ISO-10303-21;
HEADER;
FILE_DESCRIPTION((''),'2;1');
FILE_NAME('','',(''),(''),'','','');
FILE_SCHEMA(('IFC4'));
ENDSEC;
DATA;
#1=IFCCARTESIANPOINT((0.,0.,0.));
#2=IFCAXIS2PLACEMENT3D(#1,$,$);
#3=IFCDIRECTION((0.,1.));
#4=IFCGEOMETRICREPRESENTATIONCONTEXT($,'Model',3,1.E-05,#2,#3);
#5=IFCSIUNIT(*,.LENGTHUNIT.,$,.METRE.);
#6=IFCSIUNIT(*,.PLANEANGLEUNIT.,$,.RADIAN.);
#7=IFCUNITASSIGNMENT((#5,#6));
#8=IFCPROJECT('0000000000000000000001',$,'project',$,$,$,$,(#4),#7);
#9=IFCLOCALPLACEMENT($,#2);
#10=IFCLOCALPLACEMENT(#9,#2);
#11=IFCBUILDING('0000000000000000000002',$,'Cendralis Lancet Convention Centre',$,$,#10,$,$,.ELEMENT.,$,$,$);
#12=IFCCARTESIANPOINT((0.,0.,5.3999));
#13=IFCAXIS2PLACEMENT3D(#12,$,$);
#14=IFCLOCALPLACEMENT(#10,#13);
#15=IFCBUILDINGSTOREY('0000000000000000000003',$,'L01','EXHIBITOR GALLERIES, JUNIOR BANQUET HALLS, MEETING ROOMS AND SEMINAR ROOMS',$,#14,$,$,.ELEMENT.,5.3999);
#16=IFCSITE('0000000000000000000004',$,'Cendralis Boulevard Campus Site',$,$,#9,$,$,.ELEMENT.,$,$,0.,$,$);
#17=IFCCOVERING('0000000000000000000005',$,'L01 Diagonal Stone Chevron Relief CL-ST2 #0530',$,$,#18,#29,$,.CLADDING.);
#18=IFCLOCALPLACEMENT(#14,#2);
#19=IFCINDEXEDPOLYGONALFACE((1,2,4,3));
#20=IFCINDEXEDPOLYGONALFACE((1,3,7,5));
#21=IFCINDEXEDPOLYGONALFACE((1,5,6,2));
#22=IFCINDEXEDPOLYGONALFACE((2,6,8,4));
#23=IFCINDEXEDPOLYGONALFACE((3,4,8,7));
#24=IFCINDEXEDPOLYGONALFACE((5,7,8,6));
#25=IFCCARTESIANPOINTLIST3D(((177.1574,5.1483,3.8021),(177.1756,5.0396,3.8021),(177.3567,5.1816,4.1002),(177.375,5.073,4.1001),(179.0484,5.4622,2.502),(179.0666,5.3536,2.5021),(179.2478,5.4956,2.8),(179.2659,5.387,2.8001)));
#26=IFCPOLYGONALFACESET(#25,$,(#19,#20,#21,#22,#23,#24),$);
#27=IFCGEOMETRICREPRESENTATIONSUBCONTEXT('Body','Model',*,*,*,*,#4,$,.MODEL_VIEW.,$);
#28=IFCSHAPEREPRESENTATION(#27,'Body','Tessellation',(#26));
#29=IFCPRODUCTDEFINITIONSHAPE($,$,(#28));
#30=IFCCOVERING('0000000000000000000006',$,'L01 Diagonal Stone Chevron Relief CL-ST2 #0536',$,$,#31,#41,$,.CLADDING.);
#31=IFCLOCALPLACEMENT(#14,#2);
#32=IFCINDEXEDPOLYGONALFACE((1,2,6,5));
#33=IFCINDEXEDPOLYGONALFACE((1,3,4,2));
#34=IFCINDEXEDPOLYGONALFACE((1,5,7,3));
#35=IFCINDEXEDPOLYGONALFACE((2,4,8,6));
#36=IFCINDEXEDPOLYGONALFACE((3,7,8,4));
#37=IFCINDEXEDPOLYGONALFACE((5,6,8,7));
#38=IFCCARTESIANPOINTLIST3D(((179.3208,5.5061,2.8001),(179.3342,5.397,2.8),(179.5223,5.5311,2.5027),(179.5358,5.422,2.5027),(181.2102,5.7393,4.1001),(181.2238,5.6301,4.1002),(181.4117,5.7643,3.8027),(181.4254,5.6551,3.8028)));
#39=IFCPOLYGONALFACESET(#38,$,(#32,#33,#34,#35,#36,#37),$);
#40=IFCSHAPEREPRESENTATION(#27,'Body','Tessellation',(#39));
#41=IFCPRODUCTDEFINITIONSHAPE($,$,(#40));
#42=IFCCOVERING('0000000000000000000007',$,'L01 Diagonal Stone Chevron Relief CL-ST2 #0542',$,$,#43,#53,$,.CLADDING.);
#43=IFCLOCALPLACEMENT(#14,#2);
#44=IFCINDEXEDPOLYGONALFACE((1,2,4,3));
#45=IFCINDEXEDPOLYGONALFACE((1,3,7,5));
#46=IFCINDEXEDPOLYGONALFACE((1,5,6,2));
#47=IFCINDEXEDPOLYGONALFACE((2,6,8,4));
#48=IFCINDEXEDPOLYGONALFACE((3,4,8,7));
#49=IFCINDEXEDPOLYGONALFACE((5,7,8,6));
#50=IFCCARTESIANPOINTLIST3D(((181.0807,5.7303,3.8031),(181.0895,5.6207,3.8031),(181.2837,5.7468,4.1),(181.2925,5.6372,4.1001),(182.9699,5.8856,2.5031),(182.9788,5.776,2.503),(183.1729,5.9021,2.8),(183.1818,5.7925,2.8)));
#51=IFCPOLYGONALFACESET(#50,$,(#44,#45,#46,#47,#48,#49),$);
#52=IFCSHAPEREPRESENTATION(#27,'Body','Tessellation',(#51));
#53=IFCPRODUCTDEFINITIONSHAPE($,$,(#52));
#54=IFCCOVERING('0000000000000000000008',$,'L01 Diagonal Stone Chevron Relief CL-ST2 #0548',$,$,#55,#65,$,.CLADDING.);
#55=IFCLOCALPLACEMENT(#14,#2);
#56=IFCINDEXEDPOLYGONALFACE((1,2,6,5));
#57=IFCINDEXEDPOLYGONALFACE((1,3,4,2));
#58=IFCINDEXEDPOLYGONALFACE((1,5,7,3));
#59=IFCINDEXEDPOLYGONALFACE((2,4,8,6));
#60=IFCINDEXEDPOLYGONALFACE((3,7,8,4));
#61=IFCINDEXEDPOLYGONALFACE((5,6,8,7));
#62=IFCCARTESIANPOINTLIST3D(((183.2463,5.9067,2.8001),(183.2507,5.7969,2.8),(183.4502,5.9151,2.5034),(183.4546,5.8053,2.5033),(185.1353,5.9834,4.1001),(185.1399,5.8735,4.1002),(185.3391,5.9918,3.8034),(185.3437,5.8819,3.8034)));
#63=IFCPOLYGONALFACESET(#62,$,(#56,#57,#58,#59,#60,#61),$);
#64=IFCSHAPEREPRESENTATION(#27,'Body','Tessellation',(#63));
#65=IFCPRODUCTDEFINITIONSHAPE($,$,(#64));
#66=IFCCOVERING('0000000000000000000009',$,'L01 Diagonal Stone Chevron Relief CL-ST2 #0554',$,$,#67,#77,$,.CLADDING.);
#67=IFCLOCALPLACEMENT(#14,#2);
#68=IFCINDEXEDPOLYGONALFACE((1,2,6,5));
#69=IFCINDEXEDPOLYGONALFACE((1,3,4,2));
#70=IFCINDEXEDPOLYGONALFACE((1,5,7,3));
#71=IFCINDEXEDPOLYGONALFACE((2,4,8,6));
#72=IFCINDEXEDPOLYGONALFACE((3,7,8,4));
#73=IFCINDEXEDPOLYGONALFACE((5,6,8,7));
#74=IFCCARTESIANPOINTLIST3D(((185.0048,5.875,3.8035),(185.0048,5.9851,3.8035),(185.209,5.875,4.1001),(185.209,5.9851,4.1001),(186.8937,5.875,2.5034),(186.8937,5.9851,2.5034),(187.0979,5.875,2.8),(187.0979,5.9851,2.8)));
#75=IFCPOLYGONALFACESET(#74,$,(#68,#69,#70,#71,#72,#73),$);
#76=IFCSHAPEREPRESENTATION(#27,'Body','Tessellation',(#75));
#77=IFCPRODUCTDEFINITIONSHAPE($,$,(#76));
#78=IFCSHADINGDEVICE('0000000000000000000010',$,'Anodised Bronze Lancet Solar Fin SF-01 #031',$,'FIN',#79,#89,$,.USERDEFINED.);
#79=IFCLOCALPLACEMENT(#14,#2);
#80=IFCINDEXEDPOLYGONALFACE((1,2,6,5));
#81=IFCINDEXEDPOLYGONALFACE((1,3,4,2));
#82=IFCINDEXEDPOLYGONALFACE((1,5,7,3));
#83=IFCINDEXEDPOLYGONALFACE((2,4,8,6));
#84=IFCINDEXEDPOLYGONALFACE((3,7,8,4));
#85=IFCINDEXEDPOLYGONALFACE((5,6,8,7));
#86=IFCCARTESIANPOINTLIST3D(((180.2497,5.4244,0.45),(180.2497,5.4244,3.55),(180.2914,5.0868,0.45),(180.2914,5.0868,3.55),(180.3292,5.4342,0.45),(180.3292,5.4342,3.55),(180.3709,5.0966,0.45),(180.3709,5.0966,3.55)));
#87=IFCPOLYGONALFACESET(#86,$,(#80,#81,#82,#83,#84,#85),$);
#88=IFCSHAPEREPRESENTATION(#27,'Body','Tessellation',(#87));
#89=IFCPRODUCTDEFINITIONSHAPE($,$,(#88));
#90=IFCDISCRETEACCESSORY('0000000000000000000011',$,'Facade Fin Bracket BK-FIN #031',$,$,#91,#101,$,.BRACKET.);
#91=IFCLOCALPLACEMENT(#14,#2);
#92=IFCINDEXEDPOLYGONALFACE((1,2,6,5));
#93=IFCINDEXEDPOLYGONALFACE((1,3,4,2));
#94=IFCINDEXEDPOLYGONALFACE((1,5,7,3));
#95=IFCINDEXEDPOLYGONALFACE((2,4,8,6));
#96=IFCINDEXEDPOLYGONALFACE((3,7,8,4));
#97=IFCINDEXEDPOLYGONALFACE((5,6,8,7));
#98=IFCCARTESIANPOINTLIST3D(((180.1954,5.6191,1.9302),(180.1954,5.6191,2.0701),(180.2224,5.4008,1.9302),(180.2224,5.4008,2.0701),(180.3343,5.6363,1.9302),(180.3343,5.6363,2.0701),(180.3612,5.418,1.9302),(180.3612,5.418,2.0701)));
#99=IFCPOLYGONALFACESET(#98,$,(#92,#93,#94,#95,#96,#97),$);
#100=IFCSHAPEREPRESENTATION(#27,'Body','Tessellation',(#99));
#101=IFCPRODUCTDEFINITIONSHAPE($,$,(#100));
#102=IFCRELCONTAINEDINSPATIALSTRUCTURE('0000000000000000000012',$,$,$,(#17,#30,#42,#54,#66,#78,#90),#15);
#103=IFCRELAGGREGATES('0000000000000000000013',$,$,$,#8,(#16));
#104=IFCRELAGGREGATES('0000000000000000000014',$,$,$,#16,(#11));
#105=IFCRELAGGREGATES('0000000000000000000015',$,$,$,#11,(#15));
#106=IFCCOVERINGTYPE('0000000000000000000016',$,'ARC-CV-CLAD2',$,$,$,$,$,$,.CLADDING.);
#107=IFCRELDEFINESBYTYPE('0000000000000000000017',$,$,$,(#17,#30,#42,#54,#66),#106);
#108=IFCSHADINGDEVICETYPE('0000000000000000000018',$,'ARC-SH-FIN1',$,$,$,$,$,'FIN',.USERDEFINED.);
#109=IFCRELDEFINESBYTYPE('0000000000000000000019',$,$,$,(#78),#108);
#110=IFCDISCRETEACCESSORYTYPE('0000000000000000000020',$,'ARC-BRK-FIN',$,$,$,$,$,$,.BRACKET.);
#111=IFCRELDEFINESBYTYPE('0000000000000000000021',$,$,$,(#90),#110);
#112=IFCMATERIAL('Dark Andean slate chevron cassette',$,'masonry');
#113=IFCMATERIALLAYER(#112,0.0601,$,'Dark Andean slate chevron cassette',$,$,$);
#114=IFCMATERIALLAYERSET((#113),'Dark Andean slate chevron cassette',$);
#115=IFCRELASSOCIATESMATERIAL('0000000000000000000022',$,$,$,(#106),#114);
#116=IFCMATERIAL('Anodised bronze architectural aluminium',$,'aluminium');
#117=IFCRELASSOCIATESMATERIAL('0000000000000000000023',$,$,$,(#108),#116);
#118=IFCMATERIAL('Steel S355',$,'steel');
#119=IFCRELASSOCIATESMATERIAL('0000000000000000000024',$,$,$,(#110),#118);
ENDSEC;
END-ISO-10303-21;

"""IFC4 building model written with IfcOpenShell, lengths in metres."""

from ifc_helpers import new_model, si_unit, direction, frame, origin, origin_2d, place, context, subcontext, project, spatial, polyline, rectangle, outline, extrude, material, layer, layer_set, type_object, element, save


model = new_model("IFC4")

# Units and contexts
model_context = context("Model", 3, precision=1e-05, world=origin(), true_north=direction((0.0, 1.0)))
body_context = subcontext(model_context, "Body", "Model", "MODEL_VIEW")
ifc_project = project(units=[si_unit("LENGTHUNIT", "METRE"), si_unit("PLANEANGLEUNIT", "RADIAN")], contexts=[model_context])

# Site, building, storey
site_placement = place(None, origin())
site = spatial("IfcSite", under=ifc_project, at=site_placement, Name="Cendralis Boulevard Campus Site", CompositionType="ELEMENT", RefElevation=0.0)
building_placement = place(site_placement, origin())
building = spatial("IfcBuilding", under=site, at=building_placement, Name="Cendralis Lancet Convention Centre", CompositionType="ELEMENT")
storey_placement = place(building_placement, frame((0.0, 0.0, 5.3999)))
storey = spatial("IfcBuildingStorey", under=building, at=storey_placement, Name="L01", Description="EXHIBITOR GALLERIES, JUNIOR BANQUET HALLS, MEETING ROOMS AND SEMINAR ROOMS", CompositionType="ELEMENT", Elevation=5.3999)

# Shared definitions
ifc_material_1 = material(Name="Dark Andean slate chevron cassette", Category="masonry")

# Coverings
ifc_layer_1 = layer(ifc_material_1, 0.0601, Name="Dark Andean slate chevron cassette")
ifc_layer_set_1 = layer_set([ifc_layer_1], Name="Dark Andean slate chevron cassette")
covering_type_1 = type_object("IfcCoveringType", Name="ARC-CV-CLAD2", PredefinedType="CLADDING", material=ifc_layer_set_1)
covering_1_placement = place(storey_placement, frame((177.375, 5.073, 4.1001), z_axis=(0.553593, 0.09268, 0.827614), x_axis=(0.816436, 0.135563, -0.561297)))
element("IfcCovering", 1, at=covering_1_placement, inside=storey, type_object=covering_type_1, Name="L01 Diagonal Stone Chevron Relief CL-ST2 #0530", PredefinedType="CLADDING", context=body_context, shape_type="SweptSolid", body=[
    extrude(outline(polyline([(0.0, 0.0), (2.316, 0.0), (2.316, 0.1101), (-0.0002, 0.1102), (0.0, 0.0)])), origin(), (0.0, 0.0, -1.0), 0.3601),
])
covering_2_placement = place(storey_placement, frame((179.3342, 5.397, 2.8), z_axis=(-0.559621, -0.069483, 0.82583), x_axis=(0.819615, 0.101128, 0.563918)))
element("IfcCovering", 2, at=covering_2_placement, inside=storey, type_object=covering_type_1, Name="L01 Diagonal Stone Chevron Relief CL-ST2 #0536", PredefinedType="CLADDING", context=body_context, shape_type="SweptSolid", body=[
    extrude(outline(polyline([(0.0, 0.0), (2.3055, 0.0), (2.3053, 0.11), (0.0, 0.11), (0.0, 0.0)])), origin(), (0.0, 0.0, -1.0), 0.3601),
])
covering_3_placement = place(storey_placement, frame((181.2925, 5.6372, 4.1001), z_axis=(0.56372, 0.045826, 0.824694), x_axis=(0.821923, 0.067547, -0.56558)))
element("IfcCovering", 3, at=covering_3_placement, inside=storey, type_object=covering_type_1, Name="L01 Diagonal Stone Chevron Relief CL-ST2 #0542", PredefinedType="CLADDING", context=body_context, shape_type="SweptSolid", body=[
    extrude(outline(polyline([(0.0, 0.0), (2.2987, 0.0), (2.2987, 0.11), (0.0002, 0.11), (0.0, 0.0)])), origin(), (0.0, 0.0, -1.0), 0.3601),
])
covering_4_placement = place(storey_placement, frame((183.2507, 5.7969, 2.8), z_axis=(-0.566129, -0.023274, 0.823988), x_axis=(0.82331, 0.033409, 0.566608)))
element("IfcCovering", 4, at=covering_4_placement, inside=storey, type_object=covering_type_1, Name="L01 Diagonal Stone Chevron Relief CL-ST2 #0548", PredefinedType="CLADDING", context=body_context, shape_type="SweptSolid", body=[
    extrude(outline(polyline([(0.0, 0.0), (2.2945, 0.0), (2.2944, 0.11), (0.0001, 0.11), (0.0, 0.0)])), origin(), (0.0, 0.0, -1.0), 0.3601),
])
covering_5_placement = place(storey_placement, frame((185.209, 5.875, 4.1001), z_axis=(0.566949, 0.0, 0.823753), x_axis=(0.823753, 0.0, -0.566949)))
element("IfcCovering", 5, at=covering_5_placement, inside=storey, type_object=covering_type_1, Name="L01 Diagonal Stone Chevron Relief CL-ST2 #0554", PredefinedType="CLADDING", context=body_context, shape_type="SweptSolid", body=[
    extrude(outline(polyline([(0.0, 0.0), (2.2931, 0.0), (2.2931, 0.1101), (0.0, 0.1101), (0.0, 0.0)])), origin(), (0.0, 0.0, -1.0), 0.3601),
])

# Shading device
ifc_material_2 = material(Name="Anodised bronze architectural aluminium", Category="aluminium")
shading_device_type = type_object("IfcShadingDeviceType", Name="ARC-SH-FIN1", ElementType="FIN", PredefinedType="USERDEFINED", material=ifc_material_2)
shading_device_placement = place(storey_placement, frame((180.3103, 5.2605, 0.45), z_axis=(0.0, 0.0, 1.0), x_axis=(0.992472, 0.122476, 0.0)))
element("IfcShadingDevice", 6, at=shading_device_placement, inside=storey, type_object=shading_device_type, Name="Anodised Bronze Lancet Solar Fin SF-01 #031", ObjectType="FIN", PredefinedType="USERDEFINED", context=body_context, shape_type="SweptSolid", body=[
    extrude(rectangle(XDim=0.0801, YDim=0.3401, at=origin_2d()), origin(), (0.0, 0.0, 1.0), 3.1001),
])

# Discrete accessory
ifc_material_3 = material(Name="Steel S355", Category="steel")
discrete_accessory_type = type_object("IfcDiscreteAccessoryType", Name="ARC-BRK-FIN", PredefinedType="BRACKET", material=ifc_material_3)
discrete_accessory_placement = place(storey_placement, frame((180.2783, 5.5186, 1.9302), z_axis=(0.0, 0.0, 1.0), x_axis=(0.992472, 0.122476, 0.0)))
element("IfcDiscreteAccessory", 7, at=discrete_accessory_placement, inside=storey, type_object=discrete_accessory_type, Name="Facade Fin Bracket BK-FIN #031", PredefinedType="BRACKET", context=body_context, shape_type="SweptSolid", body=[
    extrude(rectangle(XDim=0.1399, YDim=0.22, at=origin_2d()), origin(), (0.0, 0.0, 1.0), 0.1399),
])

save(model, "model.ifc")
